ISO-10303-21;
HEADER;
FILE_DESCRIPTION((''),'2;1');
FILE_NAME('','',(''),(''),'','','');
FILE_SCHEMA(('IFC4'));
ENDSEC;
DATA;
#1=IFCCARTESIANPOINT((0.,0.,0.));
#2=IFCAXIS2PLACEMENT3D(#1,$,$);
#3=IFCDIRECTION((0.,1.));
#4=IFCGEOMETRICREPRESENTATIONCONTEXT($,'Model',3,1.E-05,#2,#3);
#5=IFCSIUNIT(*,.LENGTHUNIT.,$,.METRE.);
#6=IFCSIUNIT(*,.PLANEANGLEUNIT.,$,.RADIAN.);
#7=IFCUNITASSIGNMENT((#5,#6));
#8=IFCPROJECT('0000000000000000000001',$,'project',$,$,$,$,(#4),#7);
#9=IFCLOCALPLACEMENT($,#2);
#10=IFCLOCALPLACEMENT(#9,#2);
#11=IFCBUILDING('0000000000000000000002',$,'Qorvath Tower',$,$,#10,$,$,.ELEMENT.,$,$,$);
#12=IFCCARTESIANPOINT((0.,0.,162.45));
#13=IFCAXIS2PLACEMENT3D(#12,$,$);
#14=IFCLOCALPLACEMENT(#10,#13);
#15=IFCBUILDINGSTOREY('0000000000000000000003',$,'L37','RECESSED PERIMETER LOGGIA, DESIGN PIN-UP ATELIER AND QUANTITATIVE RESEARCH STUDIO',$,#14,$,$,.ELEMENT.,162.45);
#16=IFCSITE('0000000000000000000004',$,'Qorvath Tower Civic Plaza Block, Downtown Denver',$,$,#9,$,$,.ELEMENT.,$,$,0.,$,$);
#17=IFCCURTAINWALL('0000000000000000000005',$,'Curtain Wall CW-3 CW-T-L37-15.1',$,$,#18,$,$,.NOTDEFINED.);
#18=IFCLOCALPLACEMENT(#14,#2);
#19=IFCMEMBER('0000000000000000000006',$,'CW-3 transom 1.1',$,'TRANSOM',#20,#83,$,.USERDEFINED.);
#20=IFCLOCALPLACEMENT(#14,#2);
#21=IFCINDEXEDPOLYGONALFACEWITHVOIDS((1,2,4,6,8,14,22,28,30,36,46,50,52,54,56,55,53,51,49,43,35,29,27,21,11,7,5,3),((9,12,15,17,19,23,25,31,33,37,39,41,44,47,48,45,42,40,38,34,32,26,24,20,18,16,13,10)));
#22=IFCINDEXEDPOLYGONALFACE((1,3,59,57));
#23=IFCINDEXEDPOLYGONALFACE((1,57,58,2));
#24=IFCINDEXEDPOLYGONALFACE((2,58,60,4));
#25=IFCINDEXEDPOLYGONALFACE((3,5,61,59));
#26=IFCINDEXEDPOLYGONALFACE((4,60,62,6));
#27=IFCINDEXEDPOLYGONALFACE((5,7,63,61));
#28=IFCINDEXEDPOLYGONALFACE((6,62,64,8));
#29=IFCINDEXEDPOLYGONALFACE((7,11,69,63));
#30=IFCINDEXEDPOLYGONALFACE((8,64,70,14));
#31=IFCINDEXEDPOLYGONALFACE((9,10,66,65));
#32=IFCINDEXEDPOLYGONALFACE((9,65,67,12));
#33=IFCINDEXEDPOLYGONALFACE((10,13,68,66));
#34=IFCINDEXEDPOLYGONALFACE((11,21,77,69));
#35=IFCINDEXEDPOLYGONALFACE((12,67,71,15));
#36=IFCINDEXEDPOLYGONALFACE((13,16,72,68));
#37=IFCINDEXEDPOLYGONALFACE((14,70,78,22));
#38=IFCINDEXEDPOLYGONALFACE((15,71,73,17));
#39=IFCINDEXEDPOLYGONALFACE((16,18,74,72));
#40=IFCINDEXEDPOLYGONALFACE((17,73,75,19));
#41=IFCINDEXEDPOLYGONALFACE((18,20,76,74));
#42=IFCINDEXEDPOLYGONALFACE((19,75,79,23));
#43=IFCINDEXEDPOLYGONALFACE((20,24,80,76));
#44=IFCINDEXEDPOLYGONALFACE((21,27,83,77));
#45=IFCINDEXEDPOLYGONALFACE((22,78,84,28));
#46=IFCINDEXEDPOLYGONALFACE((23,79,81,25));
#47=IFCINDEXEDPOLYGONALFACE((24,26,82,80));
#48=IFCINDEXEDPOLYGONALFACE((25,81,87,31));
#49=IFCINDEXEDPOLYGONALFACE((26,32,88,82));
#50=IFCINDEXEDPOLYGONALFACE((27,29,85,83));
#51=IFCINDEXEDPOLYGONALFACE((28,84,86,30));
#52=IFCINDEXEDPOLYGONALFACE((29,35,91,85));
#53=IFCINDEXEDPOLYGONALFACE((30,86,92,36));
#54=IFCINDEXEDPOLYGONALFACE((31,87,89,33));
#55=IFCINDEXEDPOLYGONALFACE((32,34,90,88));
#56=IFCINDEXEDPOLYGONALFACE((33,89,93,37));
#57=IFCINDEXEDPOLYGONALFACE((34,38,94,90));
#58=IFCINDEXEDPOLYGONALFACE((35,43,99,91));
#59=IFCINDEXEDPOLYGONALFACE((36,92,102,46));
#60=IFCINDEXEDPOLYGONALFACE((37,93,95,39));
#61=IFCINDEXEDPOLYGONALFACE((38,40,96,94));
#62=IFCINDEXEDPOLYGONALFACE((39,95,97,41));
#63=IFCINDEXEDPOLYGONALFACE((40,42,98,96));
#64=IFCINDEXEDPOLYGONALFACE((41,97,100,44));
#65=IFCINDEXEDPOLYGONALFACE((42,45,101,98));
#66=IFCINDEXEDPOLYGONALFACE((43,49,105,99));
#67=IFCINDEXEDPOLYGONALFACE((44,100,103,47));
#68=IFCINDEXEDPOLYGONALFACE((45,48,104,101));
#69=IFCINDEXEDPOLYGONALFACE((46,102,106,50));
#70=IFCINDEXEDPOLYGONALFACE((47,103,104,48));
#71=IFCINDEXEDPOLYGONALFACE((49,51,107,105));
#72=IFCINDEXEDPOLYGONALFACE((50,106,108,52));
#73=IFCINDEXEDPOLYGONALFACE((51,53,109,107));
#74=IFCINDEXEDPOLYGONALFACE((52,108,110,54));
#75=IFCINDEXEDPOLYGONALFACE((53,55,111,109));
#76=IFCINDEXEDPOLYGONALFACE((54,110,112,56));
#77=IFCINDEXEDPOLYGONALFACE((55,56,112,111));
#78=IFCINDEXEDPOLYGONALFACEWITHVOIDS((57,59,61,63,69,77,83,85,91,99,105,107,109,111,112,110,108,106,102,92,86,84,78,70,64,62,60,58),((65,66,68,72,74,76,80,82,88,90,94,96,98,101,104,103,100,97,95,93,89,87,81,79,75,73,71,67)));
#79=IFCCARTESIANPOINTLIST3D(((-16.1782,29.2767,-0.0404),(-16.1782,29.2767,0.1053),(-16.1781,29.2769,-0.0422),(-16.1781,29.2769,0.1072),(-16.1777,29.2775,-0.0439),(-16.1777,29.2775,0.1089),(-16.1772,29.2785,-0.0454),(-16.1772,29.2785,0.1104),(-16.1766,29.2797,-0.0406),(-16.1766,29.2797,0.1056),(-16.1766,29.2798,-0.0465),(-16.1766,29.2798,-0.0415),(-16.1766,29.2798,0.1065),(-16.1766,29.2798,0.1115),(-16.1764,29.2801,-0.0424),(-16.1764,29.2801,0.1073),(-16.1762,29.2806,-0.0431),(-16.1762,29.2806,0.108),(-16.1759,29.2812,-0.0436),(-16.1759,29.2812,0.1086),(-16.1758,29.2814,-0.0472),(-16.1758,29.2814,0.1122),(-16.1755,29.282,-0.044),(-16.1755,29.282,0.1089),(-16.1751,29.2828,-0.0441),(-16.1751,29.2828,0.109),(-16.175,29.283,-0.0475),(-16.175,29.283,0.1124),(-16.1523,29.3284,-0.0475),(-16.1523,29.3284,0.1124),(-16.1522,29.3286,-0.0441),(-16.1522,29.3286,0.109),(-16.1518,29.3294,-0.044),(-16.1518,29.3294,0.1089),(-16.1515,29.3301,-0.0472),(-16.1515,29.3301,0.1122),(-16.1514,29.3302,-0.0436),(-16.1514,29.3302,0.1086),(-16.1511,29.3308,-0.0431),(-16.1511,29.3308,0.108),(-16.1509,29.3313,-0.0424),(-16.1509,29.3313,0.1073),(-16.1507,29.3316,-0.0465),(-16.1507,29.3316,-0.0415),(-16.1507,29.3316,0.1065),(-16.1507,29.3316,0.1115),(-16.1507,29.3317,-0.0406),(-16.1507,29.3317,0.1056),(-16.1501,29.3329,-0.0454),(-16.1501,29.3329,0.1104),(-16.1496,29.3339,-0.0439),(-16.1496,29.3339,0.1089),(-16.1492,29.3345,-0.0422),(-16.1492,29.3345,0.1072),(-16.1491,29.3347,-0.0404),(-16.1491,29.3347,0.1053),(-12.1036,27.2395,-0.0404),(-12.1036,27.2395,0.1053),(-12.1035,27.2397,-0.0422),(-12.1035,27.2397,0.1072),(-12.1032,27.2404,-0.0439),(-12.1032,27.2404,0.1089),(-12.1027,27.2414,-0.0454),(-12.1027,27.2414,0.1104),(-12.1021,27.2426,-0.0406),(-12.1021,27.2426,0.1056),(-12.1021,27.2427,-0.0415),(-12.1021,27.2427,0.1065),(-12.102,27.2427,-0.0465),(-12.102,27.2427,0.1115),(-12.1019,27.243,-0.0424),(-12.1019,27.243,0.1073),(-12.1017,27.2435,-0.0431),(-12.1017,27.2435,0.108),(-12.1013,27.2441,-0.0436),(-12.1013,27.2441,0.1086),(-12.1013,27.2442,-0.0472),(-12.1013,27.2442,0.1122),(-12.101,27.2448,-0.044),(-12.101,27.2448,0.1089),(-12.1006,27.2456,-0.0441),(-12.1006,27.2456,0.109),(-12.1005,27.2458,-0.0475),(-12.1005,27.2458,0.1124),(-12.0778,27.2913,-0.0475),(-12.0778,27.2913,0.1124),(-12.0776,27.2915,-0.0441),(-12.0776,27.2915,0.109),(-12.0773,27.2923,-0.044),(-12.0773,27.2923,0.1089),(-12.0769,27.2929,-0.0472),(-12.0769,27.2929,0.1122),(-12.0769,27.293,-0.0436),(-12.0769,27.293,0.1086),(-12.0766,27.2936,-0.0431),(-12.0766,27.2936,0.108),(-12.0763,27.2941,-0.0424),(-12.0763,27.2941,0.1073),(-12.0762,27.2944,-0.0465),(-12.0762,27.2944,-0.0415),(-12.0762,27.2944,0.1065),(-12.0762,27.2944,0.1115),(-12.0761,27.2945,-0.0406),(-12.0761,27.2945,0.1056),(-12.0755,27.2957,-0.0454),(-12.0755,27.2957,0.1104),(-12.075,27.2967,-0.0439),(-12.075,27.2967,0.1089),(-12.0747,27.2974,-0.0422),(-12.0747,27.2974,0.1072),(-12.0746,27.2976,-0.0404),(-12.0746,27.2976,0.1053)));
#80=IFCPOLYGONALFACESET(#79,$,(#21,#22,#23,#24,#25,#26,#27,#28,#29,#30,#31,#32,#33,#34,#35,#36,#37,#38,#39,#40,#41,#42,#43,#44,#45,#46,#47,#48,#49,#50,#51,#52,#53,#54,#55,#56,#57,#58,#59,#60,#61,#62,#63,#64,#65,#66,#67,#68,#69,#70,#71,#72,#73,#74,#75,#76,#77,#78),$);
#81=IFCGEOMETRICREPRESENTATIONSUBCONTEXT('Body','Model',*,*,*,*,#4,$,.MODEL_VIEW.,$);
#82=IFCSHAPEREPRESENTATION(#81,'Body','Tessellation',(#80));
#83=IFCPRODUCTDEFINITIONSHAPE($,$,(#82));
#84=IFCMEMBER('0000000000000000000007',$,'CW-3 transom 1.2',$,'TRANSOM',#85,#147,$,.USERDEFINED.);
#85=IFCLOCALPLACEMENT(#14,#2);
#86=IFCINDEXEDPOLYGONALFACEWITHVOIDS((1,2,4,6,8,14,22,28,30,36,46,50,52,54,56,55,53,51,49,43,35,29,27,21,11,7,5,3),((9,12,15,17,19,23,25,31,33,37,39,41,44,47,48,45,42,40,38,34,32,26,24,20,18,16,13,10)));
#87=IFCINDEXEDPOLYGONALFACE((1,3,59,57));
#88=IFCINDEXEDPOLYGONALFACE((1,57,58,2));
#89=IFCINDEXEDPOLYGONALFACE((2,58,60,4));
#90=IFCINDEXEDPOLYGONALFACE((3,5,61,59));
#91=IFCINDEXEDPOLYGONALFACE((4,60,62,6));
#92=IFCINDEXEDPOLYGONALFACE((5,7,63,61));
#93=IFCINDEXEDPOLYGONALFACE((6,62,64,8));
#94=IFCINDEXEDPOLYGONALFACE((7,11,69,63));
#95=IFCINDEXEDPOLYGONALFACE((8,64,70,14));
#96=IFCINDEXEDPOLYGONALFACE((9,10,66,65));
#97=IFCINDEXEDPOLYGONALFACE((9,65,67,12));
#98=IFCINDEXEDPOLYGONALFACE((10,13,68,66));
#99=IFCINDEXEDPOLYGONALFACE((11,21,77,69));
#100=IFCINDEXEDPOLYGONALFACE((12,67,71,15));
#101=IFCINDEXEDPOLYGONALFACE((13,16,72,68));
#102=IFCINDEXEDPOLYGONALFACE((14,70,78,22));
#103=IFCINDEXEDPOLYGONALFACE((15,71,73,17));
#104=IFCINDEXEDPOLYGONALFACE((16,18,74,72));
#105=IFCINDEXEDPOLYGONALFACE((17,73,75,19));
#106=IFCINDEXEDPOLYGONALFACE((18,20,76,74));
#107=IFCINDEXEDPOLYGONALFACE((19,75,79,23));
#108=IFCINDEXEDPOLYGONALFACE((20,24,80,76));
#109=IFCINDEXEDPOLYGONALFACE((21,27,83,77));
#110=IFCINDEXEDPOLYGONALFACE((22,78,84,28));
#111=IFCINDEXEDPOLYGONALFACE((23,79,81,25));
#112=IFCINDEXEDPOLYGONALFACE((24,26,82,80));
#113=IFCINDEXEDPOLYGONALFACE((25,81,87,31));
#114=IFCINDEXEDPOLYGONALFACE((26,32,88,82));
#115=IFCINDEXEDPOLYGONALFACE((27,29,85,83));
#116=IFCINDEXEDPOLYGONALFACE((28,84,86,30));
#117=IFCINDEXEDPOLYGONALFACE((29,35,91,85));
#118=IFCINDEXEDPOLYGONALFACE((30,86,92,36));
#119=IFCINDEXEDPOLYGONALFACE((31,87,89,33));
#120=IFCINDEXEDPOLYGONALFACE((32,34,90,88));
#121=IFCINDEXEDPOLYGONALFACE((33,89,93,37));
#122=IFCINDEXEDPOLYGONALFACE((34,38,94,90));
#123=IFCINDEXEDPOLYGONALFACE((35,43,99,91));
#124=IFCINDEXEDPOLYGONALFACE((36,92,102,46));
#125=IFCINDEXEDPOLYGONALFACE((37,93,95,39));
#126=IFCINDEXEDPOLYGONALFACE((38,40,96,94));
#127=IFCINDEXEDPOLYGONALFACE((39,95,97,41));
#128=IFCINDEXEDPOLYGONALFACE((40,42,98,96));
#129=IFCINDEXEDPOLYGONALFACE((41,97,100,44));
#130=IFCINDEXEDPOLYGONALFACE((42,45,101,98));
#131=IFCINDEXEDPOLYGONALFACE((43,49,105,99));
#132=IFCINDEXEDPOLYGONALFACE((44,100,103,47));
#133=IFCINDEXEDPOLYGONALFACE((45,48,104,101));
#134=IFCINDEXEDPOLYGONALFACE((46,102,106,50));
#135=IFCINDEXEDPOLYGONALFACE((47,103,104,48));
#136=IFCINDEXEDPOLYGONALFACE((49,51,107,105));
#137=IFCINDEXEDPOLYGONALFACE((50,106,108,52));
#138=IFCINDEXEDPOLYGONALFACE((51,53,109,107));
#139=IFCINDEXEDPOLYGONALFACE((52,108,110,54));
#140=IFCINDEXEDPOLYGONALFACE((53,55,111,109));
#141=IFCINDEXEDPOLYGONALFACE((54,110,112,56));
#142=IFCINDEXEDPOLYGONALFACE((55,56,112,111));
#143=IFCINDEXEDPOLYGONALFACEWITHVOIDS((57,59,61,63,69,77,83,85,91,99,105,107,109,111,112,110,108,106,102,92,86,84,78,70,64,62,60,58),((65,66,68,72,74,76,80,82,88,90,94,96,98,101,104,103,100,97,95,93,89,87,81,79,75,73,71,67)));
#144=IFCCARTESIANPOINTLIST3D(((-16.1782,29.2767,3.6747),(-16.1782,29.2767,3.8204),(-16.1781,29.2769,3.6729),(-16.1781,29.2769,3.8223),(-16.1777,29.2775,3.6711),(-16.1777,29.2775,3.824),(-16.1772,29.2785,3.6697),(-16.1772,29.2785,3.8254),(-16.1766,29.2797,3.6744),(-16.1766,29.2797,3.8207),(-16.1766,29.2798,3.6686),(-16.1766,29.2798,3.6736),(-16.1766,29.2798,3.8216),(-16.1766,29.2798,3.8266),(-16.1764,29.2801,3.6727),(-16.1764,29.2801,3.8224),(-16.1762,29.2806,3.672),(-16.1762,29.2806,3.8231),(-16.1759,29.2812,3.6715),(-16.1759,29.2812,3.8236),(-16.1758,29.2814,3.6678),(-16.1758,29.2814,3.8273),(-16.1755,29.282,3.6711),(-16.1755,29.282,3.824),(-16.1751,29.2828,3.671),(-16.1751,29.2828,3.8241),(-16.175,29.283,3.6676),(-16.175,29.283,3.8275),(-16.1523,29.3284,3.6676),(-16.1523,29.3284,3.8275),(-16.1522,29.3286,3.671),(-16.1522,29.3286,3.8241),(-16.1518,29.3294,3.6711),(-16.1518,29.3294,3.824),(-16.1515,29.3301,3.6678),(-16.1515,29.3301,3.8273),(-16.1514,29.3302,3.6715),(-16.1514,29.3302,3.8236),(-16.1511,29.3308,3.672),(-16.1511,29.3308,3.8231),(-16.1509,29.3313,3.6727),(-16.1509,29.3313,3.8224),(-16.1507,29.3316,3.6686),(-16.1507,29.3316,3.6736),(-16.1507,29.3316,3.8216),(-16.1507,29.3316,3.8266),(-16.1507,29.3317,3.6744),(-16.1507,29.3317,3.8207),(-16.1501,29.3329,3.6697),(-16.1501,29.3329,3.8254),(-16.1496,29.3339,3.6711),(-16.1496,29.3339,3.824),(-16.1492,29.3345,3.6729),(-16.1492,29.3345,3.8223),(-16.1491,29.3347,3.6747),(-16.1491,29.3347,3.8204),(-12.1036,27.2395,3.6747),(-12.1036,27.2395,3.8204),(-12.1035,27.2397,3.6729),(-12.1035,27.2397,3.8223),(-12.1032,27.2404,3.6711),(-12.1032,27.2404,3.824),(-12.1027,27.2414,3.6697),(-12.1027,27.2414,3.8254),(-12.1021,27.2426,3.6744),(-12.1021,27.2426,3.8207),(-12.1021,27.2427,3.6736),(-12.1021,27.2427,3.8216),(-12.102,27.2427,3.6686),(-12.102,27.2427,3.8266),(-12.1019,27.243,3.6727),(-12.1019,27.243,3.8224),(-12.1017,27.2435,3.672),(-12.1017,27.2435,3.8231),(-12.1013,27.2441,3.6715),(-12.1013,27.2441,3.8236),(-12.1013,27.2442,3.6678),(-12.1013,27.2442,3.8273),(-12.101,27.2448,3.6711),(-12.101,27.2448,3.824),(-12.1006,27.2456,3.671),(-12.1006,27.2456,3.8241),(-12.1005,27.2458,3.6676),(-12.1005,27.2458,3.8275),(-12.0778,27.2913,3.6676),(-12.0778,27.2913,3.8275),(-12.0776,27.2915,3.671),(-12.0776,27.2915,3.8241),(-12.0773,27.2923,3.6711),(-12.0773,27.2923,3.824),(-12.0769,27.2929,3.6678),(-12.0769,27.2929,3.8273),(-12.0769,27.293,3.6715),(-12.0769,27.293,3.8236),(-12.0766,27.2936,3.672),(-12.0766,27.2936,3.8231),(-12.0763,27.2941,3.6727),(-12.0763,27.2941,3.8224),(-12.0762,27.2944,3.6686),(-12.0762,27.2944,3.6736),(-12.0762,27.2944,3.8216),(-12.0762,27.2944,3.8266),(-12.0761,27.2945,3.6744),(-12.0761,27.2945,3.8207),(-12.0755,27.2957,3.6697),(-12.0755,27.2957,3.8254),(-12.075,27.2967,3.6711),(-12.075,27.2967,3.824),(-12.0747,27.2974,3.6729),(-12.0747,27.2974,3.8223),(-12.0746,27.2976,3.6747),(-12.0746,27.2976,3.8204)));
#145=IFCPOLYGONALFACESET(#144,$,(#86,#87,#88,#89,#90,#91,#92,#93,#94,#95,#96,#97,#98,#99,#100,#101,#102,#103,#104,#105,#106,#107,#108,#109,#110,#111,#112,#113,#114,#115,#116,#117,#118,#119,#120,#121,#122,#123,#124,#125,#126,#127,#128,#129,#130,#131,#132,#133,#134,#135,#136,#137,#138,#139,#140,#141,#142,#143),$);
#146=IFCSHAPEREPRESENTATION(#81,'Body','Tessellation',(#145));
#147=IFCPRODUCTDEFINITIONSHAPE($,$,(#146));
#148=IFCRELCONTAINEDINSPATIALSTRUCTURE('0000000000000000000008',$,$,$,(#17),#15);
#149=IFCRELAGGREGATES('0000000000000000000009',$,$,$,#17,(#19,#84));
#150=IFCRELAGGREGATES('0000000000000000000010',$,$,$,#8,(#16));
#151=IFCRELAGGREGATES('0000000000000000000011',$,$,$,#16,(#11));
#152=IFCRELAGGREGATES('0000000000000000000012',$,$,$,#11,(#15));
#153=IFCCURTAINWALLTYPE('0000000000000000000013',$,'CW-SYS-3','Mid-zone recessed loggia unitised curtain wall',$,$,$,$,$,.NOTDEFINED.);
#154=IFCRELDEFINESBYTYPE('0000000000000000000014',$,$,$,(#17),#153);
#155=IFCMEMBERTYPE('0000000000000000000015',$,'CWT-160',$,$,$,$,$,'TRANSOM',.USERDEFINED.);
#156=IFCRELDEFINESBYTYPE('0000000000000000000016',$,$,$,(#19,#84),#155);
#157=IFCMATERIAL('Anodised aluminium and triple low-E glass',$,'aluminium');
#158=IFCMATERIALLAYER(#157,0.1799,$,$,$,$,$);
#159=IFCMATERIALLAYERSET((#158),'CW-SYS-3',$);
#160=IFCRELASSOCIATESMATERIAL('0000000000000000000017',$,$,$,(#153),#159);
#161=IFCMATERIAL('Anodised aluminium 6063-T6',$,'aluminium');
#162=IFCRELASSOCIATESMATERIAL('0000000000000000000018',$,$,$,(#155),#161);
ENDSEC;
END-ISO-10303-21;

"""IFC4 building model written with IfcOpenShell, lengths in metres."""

from ifc_helpers import new_model, si_unit, direction, frame, origin, origin_2d, place, context, subcontext, project, spatial, hollow_rectangle, extrude, material, layer, layer_set, material_profile, profile_set, type_object, element, aggregate, save


model = new_model("IFC4")

# Units and contexts
model_context = context("Model", 3, precision=1e-05, world=origin(), true_north=direction((0.0, 1.0)))
body_context = subcontext(model_context, "Body", "Model", "MODEL_VIEW")
ifc_project = project(units=[si_unit("LENGTHUNIT", "METRE"), si_unit("PLANEANGLEUNIT", "RADIAN")], contexts=[model_context])

# Site, building, storey
site_placement = place(None, origin())
site = spatial("IfcSite", under=ifc_project, at=site_placement, Name="Qorvath Tower Civic Plaza Block, Downtown Denver", CompositionType="ELEMENT", RefElevation=0.0)
building_placement = place(site_placement, origin())
building = spatial("IfcBuilding", under=site, at=building_placement, Name="Qorvath Tower", CompositionType="ELEMENT")
storey_placement = place(building_placement, frame((0.0, 0.0, 162.45)))
storey = spatial("IfcBuildingStorey", under=building, at=storey_placement, Name="L37", Description="RECESSED PERIMETER LOGGIA, DESIGN PIN-UP ATELIER AND QUANTITATIVE RESEARCH STUDIO", CompositionType="ELEMENT", Elevation=162.45)

# Shared definitions
ifc_material_1 = material(Name="Anodised aluminium and triple low-E glass", Category="aluminium")
ifc_layer_1 = layer(ifc_material_1, 0.1799)
ifc_layer_set_1 = layer_set([ifc_layer_1], Name="CW-SYS-3")
curtain_wall_type = type_object("IfcCurtainWallType", Name="CW-SYS-3", Description="Mid-zone recessed loggia unitised curtain wall", PredefinedType="NOTDEFINED", material=ifc_layer_set_1)

# Curtain wall
curtain_wall_1_placement = place(storey_placement, origin())
curtain_wall_1 = element("IfcCurtainWall", 1, at=curtain_wall_1_placement, inside=storey, type_object=curtain_wall_type, Name="Curtain Wall CW-3 CW-T-L37-15.1", PredefinedType="NOTDEFINED")

# Members
ifc_material_2 = material(Name="Anodised aluminium 6063-T6", Category="aluminium")
ifc_material_profile_1 = material_profile(ifc_material_2, hollow_rectangle(XDim=0.0649, YDim=0.1599, WallThickness=0.0034, InnerFilletRadius=0.0034, OuterFilletRadius=0.0071, at=origin_2d()), Name="CWT 160x65")
ifc_profile_set_1 = profile_set([ifc_material_profile_1], Name="Anodised aluminium 6063-T6")
member_type_1 = type_object("IfcMemberType", Name="CWT-160", ElementType="TRANSOM", PredefinedType="USERDEFINED", material=ifc_profile_set_1)
member_1_placement = place(storey_placement, frame((-12.0891, 27.2686, 0.0325), z_axis=(-0.894438, 0.447192, 0.0), x_axis=(-0.447192, -0.894438, 0.0)))
member_1 = element("IfcMember", 2, at=member_1_placement, type_object=member_type_1, Name="CW-3 transom 1.1", ObjectType="TRANSOM", PredefinedType="USERDEFINED", context=body_context, shape_type="SweptSolid", body=[
    extrude(hollow_rectangle(XDim=0.0649, YDim=0.1599, WallThickness=0.0034, InnerFilletRadius=0.0034, OuterFilletRadius=0.0071, at=origin_2d()), origin(), (0.0, 0.0, 1.0), 4.5554),
])
member_2_placement = place(storey_placement, frame((-12.0891, 27.2686, 3.7476), z_axis=(-0.894438, 0.447192, 0.0), x_axis=(-0.447192, -0.894438, 0.0)))
member_2 = element("IfcMember", 3, at=member_2_placement, type_object=member_type_1, Name="CW-3 transom 1.2", ObjectType="TRANSOM", PredefinedType="USERDEFINED", context=body_context, shape_type="SweptSolid", body=[
    extrude(hollow_rectangle(XDim=0.0649, YDim=0.1599, WallThickness=0.0034, InnerFilletRadius=0.0034, OuterFilletRadius=0.0071, at=origin_2d()), origin(), (0.0, 0.0, 1.0), 4.5554),
])

aggregate(curtain_wall_1, [member_1, member_2])

save(model, "model.ifc")
